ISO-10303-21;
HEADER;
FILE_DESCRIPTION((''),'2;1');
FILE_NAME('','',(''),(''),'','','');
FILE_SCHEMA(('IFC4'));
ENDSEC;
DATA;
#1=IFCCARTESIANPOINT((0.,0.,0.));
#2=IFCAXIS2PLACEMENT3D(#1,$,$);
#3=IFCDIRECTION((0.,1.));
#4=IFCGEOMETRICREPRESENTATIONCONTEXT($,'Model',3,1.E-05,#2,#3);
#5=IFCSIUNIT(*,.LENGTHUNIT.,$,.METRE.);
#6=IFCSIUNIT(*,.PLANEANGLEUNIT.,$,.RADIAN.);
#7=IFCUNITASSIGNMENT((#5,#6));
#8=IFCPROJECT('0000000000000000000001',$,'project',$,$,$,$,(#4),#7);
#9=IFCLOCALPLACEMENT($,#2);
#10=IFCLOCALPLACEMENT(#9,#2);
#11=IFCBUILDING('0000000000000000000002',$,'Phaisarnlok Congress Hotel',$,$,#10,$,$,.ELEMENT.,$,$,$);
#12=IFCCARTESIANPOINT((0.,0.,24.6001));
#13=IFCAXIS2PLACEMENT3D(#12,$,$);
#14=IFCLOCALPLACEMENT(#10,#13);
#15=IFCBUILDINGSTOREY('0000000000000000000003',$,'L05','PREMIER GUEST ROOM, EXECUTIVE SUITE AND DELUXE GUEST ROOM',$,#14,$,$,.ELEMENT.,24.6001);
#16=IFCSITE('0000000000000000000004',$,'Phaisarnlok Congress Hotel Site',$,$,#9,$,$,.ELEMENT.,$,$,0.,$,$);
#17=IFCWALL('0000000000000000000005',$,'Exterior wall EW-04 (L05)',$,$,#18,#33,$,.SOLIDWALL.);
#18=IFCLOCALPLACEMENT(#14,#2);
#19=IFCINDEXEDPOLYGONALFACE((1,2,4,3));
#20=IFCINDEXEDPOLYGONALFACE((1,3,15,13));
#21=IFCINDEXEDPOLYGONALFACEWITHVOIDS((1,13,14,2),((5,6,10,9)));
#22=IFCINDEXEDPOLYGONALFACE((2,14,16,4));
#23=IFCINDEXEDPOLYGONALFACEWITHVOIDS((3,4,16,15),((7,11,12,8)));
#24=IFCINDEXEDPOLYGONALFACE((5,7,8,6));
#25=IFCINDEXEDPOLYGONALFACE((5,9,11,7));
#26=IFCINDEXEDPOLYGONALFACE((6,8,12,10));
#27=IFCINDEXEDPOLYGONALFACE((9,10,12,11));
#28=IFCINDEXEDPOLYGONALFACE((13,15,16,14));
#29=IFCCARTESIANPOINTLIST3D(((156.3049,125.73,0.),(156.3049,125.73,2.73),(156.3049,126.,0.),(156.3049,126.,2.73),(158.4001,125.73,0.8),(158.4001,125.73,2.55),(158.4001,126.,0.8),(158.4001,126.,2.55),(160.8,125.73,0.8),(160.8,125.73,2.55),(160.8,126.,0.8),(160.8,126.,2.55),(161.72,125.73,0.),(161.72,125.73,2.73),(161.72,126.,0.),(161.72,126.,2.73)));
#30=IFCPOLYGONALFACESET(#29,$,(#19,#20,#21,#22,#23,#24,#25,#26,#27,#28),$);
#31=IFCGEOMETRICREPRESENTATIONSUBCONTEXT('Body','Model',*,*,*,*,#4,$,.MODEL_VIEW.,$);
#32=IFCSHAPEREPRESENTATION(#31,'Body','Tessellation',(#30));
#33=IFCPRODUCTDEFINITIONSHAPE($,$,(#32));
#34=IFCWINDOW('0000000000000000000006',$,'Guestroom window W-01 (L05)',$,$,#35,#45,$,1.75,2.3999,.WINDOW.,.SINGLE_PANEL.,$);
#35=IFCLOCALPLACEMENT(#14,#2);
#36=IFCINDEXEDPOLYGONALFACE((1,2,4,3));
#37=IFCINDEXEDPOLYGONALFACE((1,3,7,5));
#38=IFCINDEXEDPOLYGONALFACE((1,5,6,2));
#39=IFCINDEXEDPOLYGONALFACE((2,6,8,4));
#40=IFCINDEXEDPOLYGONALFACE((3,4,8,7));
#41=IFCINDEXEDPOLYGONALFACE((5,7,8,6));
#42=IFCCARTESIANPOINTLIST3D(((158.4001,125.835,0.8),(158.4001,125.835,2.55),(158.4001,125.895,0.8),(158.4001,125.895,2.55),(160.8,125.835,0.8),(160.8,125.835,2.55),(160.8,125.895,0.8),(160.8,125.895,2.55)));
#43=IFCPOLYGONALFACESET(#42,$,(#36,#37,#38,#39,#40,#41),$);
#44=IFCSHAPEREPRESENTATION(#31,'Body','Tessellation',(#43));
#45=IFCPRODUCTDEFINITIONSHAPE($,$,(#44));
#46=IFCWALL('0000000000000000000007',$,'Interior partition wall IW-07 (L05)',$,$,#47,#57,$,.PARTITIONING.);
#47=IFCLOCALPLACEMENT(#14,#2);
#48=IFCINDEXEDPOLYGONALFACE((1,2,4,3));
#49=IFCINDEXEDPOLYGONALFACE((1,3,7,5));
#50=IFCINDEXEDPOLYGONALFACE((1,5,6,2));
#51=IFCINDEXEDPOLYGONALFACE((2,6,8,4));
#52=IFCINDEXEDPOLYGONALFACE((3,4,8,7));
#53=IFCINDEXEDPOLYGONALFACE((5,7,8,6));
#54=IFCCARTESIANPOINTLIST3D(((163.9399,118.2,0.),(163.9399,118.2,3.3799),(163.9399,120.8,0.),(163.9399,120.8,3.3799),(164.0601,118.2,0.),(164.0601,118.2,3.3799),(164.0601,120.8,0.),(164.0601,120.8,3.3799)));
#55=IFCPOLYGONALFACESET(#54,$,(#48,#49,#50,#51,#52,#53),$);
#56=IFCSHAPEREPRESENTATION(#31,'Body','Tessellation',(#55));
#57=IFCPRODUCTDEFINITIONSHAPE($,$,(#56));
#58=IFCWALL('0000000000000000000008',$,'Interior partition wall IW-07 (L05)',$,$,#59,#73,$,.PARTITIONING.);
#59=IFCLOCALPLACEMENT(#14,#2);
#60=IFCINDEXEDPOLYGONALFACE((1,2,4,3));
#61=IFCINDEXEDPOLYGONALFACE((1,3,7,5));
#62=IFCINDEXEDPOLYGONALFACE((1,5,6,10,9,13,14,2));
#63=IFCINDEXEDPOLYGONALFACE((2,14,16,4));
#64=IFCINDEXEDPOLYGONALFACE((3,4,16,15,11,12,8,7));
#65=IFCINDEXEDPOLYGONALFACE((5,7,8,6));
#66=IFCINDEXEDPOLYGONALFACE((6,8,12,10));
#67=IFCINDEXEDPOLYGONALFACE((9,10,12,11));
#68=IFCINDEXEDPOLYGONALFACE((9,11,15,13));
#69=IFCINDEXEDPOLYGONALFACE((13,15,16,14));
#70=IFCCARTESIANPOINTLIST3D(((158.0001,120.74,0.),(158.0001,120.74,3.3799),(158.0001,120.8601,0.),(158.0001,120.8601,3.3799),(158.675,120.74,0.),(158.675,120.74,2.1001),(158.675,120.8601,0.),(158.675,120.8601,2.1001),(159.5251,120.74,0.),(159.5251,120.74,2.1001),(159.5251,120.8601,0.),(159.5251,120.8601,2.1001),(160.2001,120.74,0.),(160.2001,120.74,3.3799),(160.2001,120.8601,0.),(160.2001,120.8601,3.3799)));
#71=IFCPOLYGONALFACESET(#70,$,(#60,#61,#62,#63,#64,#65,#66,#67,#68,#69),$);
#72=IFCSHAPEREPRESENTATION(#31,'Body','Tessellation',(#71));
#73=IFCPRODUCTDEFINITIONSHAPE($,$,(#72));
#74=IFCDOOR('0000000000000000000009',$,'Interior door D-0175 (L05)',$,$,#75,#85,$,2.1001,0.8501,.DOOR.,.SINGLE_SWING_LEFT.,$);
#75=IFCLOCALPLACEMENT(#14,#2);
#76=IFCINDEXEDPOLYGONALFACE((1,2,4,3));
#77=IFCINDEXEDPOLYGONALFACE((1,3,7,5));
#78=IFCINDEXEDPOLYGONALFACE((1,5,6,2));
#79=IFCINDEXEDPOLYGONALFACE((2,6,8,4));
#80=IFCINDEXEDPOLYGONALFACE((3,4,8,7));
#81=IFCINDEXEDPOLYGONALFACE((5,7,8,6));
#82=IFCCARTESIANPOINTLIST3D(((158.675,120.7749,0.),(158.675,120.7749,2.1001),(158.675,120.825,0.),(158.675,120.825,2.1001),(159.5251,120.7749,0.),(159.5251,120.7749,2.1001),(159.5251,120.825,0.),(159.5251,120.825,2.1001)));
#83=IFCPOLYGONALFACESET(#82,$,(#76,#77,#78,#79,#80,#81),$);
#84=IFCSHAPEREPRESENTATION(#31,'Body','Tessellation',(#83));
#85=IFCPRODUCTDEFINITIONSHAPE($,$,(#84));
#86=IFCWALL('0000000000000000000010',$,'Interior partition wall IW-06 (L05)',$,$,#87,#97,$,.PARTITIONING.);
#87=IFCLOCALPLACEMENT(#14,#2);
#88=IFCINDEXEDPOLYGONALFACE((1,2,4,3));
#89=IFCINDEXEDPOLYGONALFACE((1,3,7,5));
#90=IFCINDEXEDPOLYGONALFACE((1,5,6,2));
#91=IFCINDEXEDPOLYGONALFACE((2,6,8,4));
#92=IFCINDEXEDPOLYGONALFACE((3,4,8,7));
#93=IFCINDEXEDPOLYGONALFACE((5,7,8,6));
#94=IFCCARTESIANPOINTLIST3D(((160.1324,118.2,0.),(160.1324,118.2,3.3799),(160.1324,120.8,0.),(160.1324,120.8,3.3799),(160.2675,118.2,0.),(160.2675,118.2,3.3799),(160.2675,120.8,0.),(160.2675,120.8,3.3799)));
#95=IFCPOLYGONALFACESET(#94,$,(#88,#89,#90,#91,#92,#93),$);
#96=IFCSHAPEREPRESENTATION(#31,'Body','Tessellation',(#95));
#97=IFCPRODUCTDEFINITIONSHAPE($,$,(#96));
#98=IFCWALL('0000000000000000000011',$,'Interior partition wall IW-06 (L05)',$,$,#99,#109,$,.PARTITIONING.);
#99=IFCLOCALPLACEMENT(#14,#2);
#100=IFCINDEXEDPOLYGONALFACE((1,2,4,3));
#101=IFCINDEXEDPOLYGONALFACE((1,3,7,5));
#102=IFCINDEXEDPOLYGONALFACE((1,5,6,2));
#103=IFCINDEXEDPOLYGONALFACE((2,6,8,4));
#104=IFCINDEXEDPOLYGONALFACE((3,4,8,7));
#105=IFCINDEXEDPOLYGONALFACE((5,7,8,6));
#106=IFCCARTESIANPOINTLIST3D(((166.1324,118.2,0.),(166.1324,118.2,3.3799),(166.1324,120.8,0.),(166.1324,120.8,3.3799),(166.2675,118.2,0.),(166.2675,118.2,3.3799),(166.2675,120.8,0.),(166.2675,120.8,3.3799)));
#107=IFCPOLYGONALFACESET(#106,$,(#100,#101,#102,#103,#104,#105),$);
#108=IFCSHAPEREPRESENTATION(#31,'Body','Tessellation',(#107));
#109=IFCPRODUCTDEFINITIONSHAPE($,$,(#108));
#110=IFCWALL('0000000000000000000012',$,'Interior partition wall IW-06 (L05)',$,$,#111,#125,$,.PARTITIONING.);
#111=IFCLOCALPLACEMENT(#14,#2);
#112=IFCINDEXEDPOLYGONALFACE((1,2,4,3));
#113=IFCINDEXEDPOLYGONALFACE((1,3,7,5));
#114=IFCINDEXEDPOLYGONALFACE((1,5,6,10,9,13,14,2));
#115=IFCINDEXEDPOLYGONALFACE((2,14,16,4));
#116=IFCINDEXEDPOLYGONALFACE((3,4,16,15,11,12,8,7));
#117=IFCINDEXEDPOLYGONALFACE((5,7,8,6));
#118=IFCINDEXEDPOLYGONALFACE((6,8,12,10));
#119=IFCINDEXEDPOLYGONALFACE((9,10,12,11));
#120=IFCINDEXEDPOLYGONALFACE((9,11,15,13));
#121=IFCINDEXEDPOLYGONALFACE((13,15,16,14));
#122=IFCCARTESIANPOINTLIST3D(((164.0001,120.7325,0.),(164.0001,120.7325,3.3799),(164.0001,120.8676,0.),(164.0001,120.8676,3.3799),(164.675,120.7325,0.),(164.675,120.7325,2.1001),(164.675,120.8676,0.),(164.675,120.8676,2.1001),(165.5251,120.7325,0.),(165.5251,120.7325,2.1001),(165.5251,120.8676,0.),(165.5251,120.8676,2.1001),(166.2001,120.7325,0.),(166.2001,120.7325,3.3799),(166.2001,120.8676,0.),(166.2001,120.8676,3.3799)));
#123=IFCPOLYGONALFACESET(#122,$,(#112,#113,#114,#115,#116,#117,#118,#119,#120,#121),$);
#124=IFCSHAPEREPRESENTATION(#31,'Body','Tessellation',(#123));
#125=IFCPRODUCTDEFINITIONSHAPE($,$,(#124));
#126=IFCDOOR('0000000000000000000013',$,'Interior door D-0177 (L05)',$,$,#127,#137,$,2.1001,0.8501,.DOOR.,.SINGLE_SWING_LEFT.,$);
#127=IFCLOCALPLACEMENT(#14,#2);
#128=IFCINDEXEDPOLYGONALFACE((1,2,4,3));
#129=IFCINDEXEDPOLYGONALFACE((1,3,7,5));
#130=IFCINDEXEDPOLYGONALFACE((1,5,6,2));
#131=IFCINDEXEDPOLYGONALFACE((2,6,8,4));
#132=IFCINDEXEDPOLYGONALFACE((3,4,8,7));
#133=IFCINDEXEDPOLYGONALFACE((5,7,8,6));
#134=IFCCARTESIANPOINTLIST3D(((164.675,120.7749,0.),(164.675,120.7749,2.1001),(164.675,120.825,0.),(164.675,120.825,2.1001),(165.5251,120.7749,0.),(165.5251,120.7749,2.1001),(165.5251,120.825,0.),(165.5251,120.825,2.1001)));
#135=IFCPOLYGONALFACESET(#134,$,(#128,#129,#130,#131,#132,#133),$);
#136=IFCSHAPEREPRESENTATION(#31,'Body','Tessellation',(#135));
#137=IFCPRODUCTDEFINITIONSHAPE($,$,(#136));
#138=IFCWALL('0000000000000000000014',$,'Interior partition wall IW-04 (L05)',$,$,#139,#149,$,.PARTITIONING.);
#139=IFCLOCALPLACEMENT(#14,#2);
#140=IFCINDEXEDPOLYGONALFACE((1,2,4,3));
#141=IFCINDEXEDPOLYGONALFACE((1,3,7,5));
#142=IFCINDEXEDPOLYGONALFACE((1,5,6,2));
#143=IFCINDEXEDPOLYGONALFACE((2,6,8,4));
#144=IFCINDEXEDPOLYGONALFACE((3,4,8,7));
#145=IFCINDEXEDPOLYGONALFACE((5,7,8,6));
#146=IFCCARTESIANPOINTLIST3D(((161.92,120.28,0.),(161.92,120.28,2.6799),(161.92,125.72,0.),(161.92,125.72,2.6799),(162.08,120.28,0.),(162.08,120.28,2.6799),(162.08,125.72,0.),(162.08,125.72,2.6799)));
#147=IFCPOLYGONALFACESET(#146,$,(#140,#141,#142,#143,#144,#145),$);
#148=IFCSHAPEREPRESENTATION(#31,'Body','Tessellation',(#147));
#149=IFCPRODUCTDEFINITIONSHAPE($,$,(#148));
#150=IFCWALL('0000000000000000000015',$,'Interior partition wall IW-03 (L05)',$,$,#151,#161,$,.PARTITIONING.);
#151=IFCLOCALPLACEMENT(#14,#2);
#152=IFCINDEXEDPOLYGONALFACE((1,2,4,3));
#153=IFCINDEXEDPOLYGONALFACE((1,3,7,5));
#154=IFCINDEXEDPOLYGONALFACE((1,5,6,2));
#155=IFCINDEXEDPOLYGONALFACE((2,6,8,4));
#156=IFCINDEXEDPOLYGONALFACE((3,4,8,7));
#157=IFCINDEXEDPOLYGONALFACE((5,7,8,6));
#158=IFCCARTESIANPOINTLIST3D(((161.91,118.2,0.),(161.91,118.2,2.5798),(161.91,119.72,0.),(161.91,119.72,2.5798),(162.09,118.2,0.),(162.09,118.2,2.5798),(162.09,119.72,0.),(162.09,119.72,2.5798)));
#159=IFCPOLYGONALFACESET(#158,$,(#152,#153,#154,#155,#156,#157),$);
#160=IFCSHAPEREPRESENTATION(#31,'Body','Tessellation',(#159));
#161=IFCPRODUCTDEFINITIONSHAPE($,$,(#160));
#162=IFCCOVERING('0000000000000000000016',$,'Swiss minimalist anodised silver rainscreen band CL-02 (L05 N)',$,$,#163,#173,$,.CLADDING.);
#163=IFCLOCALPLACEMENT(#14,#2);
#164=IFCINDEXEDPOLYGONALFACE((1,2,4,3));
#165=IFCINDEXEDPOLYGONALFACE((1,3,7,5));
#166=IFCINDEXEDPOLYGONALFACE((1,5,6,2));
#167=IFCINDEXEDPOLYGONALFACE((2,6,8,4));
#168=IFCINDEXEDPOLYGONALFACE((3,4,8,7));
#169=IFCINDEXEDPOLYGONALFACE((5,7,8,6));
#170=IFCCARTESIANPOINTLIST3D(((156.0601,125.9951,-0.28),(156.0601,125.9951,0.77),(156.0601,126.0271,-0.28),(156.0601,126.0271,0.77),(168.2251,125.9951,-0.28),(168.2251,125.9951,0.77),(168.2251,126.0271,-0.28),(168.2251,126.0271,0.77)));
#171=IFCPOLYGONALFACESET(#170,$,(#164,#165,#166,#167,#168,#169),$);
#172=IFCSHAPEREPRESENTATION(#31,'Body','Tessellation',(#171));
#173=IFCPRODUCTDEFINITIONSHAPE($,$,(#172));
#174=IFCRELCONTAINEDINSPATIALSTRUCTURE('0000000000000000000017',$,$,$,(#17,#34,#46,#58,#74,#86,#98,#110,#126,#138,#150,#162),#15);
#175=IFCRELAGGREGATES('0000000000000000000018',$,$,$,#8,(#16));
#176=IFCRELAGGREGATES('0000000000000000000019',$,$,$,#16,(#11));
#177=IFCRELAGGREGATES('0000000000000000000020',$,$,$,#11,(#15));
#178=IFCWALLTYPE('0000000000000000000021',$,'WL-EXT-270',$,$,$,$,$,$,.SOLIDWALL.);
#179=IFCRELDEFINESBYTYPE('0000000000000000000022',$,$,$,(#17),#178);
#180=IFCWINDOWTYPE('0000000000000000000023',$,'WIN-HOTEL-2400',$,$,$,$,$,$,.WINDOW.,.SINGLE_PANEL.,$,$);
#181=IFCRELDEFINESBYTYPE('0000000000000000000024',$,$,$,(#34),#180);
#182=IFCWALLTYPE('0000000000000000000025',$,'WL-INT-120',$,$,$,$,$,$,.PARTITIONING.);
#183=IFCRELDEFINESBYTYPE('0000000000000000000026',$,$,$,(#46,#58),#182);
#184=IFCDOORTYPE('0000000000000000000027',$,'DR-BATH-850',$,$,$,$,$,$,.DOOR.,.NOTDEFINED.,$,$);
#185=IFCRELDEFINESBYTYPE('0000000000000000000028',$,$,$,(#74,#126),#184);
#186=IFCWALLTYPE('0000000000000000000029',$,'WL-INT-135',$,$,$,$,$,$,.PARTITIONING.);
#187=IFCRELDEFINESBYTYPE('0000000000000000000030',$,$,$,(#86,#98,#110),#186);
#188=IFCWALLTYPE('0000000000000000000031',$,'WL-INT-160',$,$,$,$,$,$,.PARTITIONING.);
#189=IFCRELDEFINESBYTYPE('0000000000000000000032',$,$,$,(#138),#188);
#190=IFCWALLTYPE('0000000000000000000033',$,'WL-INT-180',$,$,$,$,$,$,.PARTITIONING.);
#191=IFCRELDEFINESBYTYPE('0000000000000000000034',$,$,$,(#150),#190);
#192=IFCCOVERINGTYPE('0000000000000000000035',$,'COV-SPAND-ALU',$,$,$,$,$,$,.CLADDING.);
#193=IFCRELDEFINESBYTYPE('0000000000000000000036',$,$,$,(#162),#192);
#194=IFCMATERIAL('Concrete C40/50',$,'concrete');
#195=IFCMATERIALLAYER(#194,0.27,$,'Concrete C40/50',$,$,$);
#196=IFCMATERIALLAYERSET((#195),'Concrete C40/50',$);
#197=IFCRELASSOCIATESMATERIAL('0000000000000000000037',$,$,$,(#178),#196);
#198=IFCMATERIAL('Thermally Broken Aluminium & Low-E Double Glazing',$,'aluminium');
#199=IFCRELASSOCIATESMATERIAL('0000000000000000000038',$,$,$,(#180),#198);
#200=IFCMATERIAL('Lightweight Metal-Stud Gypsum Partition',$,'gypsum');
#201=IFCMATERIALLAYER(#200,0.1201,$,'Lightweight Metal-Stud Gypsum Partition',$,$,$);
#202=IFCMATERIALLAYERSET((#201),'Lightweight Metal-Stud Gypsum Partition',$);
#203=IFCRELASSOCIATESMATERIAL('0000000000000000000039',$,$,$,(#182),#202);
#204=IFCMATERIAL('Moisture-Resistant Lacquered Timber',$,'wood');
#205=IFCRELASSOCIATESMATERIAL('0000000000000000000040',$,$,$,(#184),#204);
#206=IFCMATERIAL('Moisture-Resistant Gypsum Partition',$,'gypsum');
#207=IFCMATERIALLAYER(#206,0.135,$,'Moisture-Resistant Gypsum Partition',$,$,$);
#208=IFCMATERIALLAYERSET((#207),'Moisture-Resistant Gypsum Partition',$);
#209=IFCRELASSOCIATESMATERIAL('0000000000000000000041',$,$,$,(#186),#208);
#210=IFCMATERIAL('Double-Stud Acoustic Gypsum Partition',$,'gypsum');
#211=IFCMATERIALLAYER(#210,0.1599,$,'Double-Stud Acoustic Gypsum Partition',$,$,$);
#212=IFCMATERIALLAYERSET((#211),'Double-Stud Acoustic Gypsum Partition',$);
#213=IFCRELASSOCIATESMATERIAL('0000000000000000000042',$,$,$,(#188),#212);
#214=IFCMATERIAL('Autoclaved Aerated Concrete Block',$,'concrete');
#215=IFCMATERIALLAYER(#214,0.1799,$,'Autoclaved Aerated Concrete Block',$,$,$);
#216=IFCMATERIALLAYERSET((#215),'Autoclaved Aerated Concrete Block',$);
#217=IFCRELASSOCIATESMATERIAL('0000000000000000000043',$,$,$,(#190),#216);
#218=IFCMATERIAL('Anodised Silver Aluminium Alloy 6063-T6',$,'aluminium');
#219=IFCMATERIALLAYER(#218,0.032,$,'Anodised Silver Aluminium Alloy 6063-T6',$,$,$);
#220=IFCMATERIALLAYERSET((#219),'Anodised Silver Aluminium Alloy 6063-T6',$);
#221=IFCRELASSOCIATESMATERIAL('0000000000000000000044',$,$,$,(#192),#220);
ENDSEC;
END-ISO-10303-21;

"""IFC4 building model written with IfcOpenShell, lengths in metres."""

from ifc_helpers import new_model, si_unit, direction, frame, frame_2d, origin, place, context, subcontext, project, spatial, polyline, rectangle, outline, extrude, material, layer, layer_set, type_object, element, fill, save


model = new_model("IFC4")

# Units and contexts
model_context = context("Model", 3, precision=1e-05, world=origin(), true_north=direction((0.0, 1.0)))
body_context = subcontext(model_context, "Body", "Model", "MODEL_VIEW")
ifc_project = project(units=[si_unit("LENGTHUNIT", "METRE"), si_unit("PLANEANGLEUNIT", "RADIAN")], contexts=[model_context])

# Site, building, storey
site_placement = place(None, origin())
site = spatial("IfcSite", under=ifc_project, at=site_placement, Name="Phaisarnlok Congress Hotel Site", CompositionType="ELEMENT", RefElevation=0.0)
building_placement = place(site_placement, origin())
building = spatial("IfcBuilding", under=site, at=building_placement, Name="Phaisarnlok Congress Hotel", CompositionType="ELEMENT")
storey_placement = place(building_placement, frame((0.0, 0.0, 24.6001)))
storey = spatial("IfcBuildingStorey", under=building, at=storey_placement, Name="L05", Description="PREMIER GUEST ROOM, EXECUTIVE SUITE AND DELUXE GUEST ROOM", CompositionType="ELEMENT", Elevation=24.6001)

# Shared definitions
ifc_material_1 = material(Name="Concrete C40/50", Category="concrete")

# Wall, opening, window
ifc_material_2 = material(Name="Thermally Broken Aluminium & Low-E Double Glazing", Category="aluminium")
ifc_layer_1 = layer(ifc_material_1, 0.27, Name="Concrete C40/50")
ifc_layer_set_1 = layer_set([ifc_layer_1], Name="Concrete C40/50")
wall_type_1 = type_object("IfcWallType", Name="WL-EXT-270", PredefinedType="SOLIDWALL", material=ifc_layer_set_1)
wall_1_placement = place(storey_placement, frame((161.72, 125.865, 0.0), z_axis=(0.0, 0.0, 1.0), x_axis=(-1.0, 0.0, 0.0)))
wall_1 = element("IfcWall", 1, at=wall_1_placement, inside=storey, type_object=wall_type_1, Name="Exterior wall EW-04 (L05)", PredefinedType="SOLIDWALL", context=body_context, shape_type="SweptSolid", body=[
    extrude(rectangle(XDim=5.415, YDim=0.27, at=frame_2d((2.7075, 0.0))), origin(), (0.0, 0.0, 1.0), 2.73),
])
opening_1_placement = place(wall_1_placement, frame((0.9199, 0.0, 0.8)))
opening_1 = element("IfcOpeningElement", 2, at=opening_1_placement, cuts=wall_1, PredefinedType="OPENING", context=body_context, shape_type="SweptSolid", body=[
    extrude(rectangle(XDim=2.3999, YDim=1.75, at=frame_2d((1.2, 0.875))), frame((0.0, 0.145, 0.0), z_axis=(0.0, -1.0, 0.0), x_axis=(1.0, 0.0, 0.0)), (0.0, 0.0, 1.0), 0.29),
])
window_type_1 = type_object("IfcWindowType", Name="WIN-HOTEL-2400", PartitioningType="SINGLE_PANEL", PredefinedType="WINDOW", material=ifc_material_2)
window_1_placement = place(opening_1_placement, origin())
window_1 = element("IfcWindow", 3, at=window_1_placement, inside=storey, type_object=window_type_1, Name="Guestroom window W-01 (L05)", OverallHeight=1.75, OverallWidth=2.3999, PartitioningType="SINGLE_PANEL", PredefinedType="WINDOW", context=body_context, shape_type="SweptSolid", body=[
    extrude(rectangle(XDim=2.3999, YDim=1.75, at=frame_2d((1.2, 0.875))), frame((0.0, 0.03, 0.0), z_axis=(0.0, -1.0, 0.0), x_axis=(1.0, 0.0, 0.0)), (0.0, 0.0, 1.0), 0.0601),
])
fill(opening_1, window_1)

# Wall
ifc_material_3 = material(Name="Lightweight Metal-Stud Gypsum Partition", Category="gypsum")
ifc_layer_2 = layer(ifc_material_3, 0.1201, Name="Lightweight Metal-Stud Gypsum Partition")
ifc_layer_set_2 = layer_set([ifc_layer_2], Name="Lightweight Metal-Stud Gypsum Partition")
wall_type_2 = type_object("IfcWallType", Name="WL-INT-120", PredefinedType="PARTITIONING", material=ifc_layer_set_2)
wall_2_placement = place(storey_placement, frame((164.0, 118.2, 0.0), z_axis=(0.0, 0.0, 1.0), x_axis=(0.0, 1.0, 0.0)))
element("IfcWall", 4, at=wall_2_placement, inside=storey, type_object=wall_type_2, Name="Interior partition wall IW-07 (L05)", PredefinedType="PARTITIONING", context=body_context, shape_type="SweptSolid", body=[
    extrude(rectangle(XDim=2.6001, YDim=0.1201, at=frame_2d((1.3, 0.0))), origin(), (0.0, 0.0, 1.0), 3.3799),
])

# Wall, opening, door
wall_3_placement = place(storey_placement, frame((158.0, 120.8, 0.0), z_axis=(0.0, 0.0, 1.0), x_axis=(1.0, 0.0, 0.0)))
wall_3 = element("IfcWall", 5, at=wall_3_placement, inside=storey, type_object=wall_type_2, Name="Interior partition wall IW-07 (L05)", PredefinedType="PARTITIONING", context=body_context, shape_type="SweptSolid", body=[
    extrude(rectangle(XDim=2.2, YDim=0.1201, at=frame_2d((1.1001, 0.0))), origin(), (0.0, 0.0, 1.0), 3.3799),
])
opening_2_placement = place(wall_3_placement, frame((0.675, 0.0, 0.0)))
opening_2 = element("IfcOpeningElement", 6, at=opening_2_placement, cuts=wall_3, PredefinedType="OPENING", context=body_context, shape_type="SweptSolid", body=[
    extrude(rectangle(XDim=0.8501, YDim=2.1001, at=frame_2d((0.425, 1.05))), frame((0.0, 0.0701, 0.0), z_axis=(0.0, -1.0, 0.0), x_axis=(1.0, 0.0, 0.0)), (0.0, 0.0, 1.0), 0.1401),
])
ifc_material_4 = material(Name="Moisture-Resistant Lacquered Timber", Category="wood")
door_type = type_object("IfcDoorType", Name="DR-BATH-850", OperationType="NOTDEFINED", PredefinedType="DOOR", material=ifc_material_4)
door_1_placement = place(opening_2_placement, origin())
door_1 = element("IfcDoor", 7, at=door_1_placement, inside=storey, type_object=door_type, Name="Interior door D-0175 (L05)", OperationType="SINGLE_SWING_LEFT", OverallHeight=2.1001, OverallWidth=0.8501, PredefinedType="DOOR", context=body_context, shape_type="SweptSolid", body=[
    extrude(rectangle(XDim=0.8501, YDim=2.1001, at=frame_2d((0.425, 1.05))), frame((0.0, 0.0249, 0.0), z_axis=(0.0, -1.0, 0.0), x_axis=(1.0, 0.0, 0.0)), (0.0, 0.0, 1.0), 0.05),
])
fill(opening_2, door_1)

# Walls
ifc_material_5 = material(Name="Moisture-Resistant Gypsum Partition", Category="gypsum")
ifc_layer_3 = layer(ifc_material_5, 0.135, Name="Moisture-Resistant Gypsum Partition")
ifc_layer_set_3 = layer_set([ifc_layer_3], Name="Moisture-Resistant Gypsum Partition")
wall_type_3 = type_object("IfcWallType", Name="WL-INT-135", PredefinedType="PARTITIONING", material=ifc_layer_set_3)
for number, where, z_axis, x_axis, name in (
    (8, (160.2, 118.2, 0.0), (0.0, 0.0, 1.0), (0.0, 1.0, 0.0), "Interior partition wall IW-06 (L05)"),
    (9, (166.2, 118.2, 0.0), (0.0, 0.0, 1.0), (0.0, 1.0, 0.0), "Interior partition wall IW-06 (L05)"),
):
    element("IfcWall", number, at=place(storey_placement, frame(where, z_axis=z_axis, x_axis=x_axis)), inside=storey, type_object=wall_type_3, Name=name, PredefinedType="PARTITIONING", context=body_context, shape_type="SweptSolid", body=[
        extrude(rectangle(XDim=2.6001, YDim=0.135, at=frame_2d((1.3, 0.0))), origin(), (0.0, 0.0, 1.0), 3.3799),
    ])

# Wall, opening, door
wall_4_placement = place(storey_placement, frame((164.0, 120.8, 0.0), z_axis=(0.0, 0.0, 1.0), x_axis=(1.0, 0.0, 0.0)))
wall_4 = element("IfcWall", 10, at=wall_4_placement, inside=storey, type_object=wall_type_3, Name="Interior partition wall IW-06 (L05)", PredefinedType="PARTITIONING", context=body_context, shape_type="SweptSolid", body=[
    extrude(rectangle(XDim=2.2, YDim=0.135, at=frame_2d((1.1001, 0.0))), origin(), (0.0, 0.0, 1.0), 3.3799),
])
opening_3_placement = place(wall_4_placement, frame((0.675, 0.0, 0.0)))
opening_3 = element("IfcOpeningElement", 11, at=opening_3_placement, cuts=wall_4, PredefinedType="OPENING", context=body_context, shape_type="SweptSolid", body=[
    extrude(rectangle(XDim=0.8501, YDim=2.1001, at=frame_2d((0.425, 1.05))), frame((0.0, 0.0776, 0.0), z_axis=(0.0, -1.0, 0.0), x_axis=(1.0, 0.0, 0.0)), (0.0, 0.0, 1.0), 0.155),
])
door_2_placement = place(opening_3_placement, origin())
door_2 = element("IfcDoor", 12, at=door_2_placement, inside=storey, type_object=door_type, Name="Interior door D-0177 (L05)", OperationType="SINGLE_SWING_LEFT", OverallHeight=2.1001, OverallWidth=0.8501, PredefinedType="DOOR", context=body_context, shape_type="SweptSolid", body=[
    extrude(rectangle(XDim=0.8501, YDim=2.1001, at=frame_2d((0.425, 1.05))), frame((0.0, 0.0249, 0.0), z_axis=(0.0, -1.0, 0.0), x_axis=(1.0, 0.0, 0.0)), (0.0, 0.0, 1.0), 0.05),
])
fill(opening_3, door_2)

# Walls
ifc_material_6 = material(Name="Double-Stud Acoustic Gypsum Partition", Category="gypsum")
ifc_layer_4 = layer(ifc_material_6, 0.1599, Name="Double-Stud Acoustic Gypsum Partition")
ifc_layer_set_4 = layer_set([ifc_layer_4], Name="Double-Stud Acoustic Gypsum Partition")
wall_type_4 = type_object("IfcWallType", Name="WL-INT-160", PredefinedType="PARTITIONING", material=ifc_layer_set_4)
wall_5_placement = place(storey_placement, frame((162.0, 120.28, 0.0), z_axis=(0.0, 0.0, 1.0), x_axis=(0.0, 1.0, 0.0)))
element("IfcWall", 13, at=wall_5_placement, inside=storey, type_object=wall_type_4, Name="Interior partition wall IW-04 (L05)", PredefinedType="PARTITIONING", context=body_context, shape_type="SweptSolid", body=[
    extrude(rectangle(XDim=5.4399, YDim=0.1599, at=frame_2d((2.72, 0.0))), origin(), (0.0, 0.0, 1.0), 2.6799),
])
ifc_material_7 = material(Name="Autoclaved Aerated Concrete Block", Category="concrete")
ifc_layer_5 = layer(ifc_material_7, 0.1799, Name="Autoclaved Aerated Concrete Block")
ifc_layer_set_5 = layer_set([ifc_layer_5], Name="Autoclaved Aerated Concrete Block")
wall_type_5 = type_object("IfcWallType", Name="WL-INT-180", PredefinedType="PARTITIONING", material=ifc_layer_set_5)
wall_6_placement = place(storey_placement, frame((162.0, 118.2, 0.0), z_axis=(0.0, 0.0, 1.0), x_axis=(0.0, 1.0, 0.0)))
element("IfcWall", 14, at=wall_6_placement, inside=storey, type_object=wall_type_5, Name="Interior partition wall IW-03 (L05)", PredefinedType="PARTITIONING", context=body_context, shape_type="SweptSolid", body=[
    extrude(rectangle(XDim=1.52, YDim=0.1799, at=frame_2d((0.76, 0.0))), origin(), (0.0, 0.0, 1.0), 2.5798),
])

# Covering
ifc_material_8 = material(Name="Anodised Silver Aluminium Alloy 6063-T6", Category="aluminium")
ifc_layer_6 = layer(ifc_material_8, 0.032, Name="Anodised Silver Aluminium Alloy 6063-T6")
ifc_layer_set_6 = layer_set([ifc_layer_6], Name="Anodised Silver Aluminium Alloy 6063-T6")
covering_type = type_object("IfcCoveringType", Name="COV-SPAND-ALU", PredefinedType="CLADDING", material=ifc_layer_set_6)
covering_placement = place(storey_placement, frame((168.2251, 125.9951, -0.28), z_axis=(0.0, 1.0, 0.0), x_axis=(-1.0, 0.0, 0.0)))
element("IfcCovering", 15, at=covering_placement, inside=storey, type_object=covering_type, Name="Swiss minimalist anodised silver rainscreen band CL-02 (L05 N)", PredefinedType="CLADDING", context=body_context, shape_type="SweptSolid", body=[
    extrude(outline(polyline([(0.0, 0.0), (12.165, 0.0), (12.165, 1.05), (0.0, 1.05), (0.0, 0.0)])), origin(), (0.0, 0.0, 1.0), 0.032),
])

save(model, "model.ifc")
